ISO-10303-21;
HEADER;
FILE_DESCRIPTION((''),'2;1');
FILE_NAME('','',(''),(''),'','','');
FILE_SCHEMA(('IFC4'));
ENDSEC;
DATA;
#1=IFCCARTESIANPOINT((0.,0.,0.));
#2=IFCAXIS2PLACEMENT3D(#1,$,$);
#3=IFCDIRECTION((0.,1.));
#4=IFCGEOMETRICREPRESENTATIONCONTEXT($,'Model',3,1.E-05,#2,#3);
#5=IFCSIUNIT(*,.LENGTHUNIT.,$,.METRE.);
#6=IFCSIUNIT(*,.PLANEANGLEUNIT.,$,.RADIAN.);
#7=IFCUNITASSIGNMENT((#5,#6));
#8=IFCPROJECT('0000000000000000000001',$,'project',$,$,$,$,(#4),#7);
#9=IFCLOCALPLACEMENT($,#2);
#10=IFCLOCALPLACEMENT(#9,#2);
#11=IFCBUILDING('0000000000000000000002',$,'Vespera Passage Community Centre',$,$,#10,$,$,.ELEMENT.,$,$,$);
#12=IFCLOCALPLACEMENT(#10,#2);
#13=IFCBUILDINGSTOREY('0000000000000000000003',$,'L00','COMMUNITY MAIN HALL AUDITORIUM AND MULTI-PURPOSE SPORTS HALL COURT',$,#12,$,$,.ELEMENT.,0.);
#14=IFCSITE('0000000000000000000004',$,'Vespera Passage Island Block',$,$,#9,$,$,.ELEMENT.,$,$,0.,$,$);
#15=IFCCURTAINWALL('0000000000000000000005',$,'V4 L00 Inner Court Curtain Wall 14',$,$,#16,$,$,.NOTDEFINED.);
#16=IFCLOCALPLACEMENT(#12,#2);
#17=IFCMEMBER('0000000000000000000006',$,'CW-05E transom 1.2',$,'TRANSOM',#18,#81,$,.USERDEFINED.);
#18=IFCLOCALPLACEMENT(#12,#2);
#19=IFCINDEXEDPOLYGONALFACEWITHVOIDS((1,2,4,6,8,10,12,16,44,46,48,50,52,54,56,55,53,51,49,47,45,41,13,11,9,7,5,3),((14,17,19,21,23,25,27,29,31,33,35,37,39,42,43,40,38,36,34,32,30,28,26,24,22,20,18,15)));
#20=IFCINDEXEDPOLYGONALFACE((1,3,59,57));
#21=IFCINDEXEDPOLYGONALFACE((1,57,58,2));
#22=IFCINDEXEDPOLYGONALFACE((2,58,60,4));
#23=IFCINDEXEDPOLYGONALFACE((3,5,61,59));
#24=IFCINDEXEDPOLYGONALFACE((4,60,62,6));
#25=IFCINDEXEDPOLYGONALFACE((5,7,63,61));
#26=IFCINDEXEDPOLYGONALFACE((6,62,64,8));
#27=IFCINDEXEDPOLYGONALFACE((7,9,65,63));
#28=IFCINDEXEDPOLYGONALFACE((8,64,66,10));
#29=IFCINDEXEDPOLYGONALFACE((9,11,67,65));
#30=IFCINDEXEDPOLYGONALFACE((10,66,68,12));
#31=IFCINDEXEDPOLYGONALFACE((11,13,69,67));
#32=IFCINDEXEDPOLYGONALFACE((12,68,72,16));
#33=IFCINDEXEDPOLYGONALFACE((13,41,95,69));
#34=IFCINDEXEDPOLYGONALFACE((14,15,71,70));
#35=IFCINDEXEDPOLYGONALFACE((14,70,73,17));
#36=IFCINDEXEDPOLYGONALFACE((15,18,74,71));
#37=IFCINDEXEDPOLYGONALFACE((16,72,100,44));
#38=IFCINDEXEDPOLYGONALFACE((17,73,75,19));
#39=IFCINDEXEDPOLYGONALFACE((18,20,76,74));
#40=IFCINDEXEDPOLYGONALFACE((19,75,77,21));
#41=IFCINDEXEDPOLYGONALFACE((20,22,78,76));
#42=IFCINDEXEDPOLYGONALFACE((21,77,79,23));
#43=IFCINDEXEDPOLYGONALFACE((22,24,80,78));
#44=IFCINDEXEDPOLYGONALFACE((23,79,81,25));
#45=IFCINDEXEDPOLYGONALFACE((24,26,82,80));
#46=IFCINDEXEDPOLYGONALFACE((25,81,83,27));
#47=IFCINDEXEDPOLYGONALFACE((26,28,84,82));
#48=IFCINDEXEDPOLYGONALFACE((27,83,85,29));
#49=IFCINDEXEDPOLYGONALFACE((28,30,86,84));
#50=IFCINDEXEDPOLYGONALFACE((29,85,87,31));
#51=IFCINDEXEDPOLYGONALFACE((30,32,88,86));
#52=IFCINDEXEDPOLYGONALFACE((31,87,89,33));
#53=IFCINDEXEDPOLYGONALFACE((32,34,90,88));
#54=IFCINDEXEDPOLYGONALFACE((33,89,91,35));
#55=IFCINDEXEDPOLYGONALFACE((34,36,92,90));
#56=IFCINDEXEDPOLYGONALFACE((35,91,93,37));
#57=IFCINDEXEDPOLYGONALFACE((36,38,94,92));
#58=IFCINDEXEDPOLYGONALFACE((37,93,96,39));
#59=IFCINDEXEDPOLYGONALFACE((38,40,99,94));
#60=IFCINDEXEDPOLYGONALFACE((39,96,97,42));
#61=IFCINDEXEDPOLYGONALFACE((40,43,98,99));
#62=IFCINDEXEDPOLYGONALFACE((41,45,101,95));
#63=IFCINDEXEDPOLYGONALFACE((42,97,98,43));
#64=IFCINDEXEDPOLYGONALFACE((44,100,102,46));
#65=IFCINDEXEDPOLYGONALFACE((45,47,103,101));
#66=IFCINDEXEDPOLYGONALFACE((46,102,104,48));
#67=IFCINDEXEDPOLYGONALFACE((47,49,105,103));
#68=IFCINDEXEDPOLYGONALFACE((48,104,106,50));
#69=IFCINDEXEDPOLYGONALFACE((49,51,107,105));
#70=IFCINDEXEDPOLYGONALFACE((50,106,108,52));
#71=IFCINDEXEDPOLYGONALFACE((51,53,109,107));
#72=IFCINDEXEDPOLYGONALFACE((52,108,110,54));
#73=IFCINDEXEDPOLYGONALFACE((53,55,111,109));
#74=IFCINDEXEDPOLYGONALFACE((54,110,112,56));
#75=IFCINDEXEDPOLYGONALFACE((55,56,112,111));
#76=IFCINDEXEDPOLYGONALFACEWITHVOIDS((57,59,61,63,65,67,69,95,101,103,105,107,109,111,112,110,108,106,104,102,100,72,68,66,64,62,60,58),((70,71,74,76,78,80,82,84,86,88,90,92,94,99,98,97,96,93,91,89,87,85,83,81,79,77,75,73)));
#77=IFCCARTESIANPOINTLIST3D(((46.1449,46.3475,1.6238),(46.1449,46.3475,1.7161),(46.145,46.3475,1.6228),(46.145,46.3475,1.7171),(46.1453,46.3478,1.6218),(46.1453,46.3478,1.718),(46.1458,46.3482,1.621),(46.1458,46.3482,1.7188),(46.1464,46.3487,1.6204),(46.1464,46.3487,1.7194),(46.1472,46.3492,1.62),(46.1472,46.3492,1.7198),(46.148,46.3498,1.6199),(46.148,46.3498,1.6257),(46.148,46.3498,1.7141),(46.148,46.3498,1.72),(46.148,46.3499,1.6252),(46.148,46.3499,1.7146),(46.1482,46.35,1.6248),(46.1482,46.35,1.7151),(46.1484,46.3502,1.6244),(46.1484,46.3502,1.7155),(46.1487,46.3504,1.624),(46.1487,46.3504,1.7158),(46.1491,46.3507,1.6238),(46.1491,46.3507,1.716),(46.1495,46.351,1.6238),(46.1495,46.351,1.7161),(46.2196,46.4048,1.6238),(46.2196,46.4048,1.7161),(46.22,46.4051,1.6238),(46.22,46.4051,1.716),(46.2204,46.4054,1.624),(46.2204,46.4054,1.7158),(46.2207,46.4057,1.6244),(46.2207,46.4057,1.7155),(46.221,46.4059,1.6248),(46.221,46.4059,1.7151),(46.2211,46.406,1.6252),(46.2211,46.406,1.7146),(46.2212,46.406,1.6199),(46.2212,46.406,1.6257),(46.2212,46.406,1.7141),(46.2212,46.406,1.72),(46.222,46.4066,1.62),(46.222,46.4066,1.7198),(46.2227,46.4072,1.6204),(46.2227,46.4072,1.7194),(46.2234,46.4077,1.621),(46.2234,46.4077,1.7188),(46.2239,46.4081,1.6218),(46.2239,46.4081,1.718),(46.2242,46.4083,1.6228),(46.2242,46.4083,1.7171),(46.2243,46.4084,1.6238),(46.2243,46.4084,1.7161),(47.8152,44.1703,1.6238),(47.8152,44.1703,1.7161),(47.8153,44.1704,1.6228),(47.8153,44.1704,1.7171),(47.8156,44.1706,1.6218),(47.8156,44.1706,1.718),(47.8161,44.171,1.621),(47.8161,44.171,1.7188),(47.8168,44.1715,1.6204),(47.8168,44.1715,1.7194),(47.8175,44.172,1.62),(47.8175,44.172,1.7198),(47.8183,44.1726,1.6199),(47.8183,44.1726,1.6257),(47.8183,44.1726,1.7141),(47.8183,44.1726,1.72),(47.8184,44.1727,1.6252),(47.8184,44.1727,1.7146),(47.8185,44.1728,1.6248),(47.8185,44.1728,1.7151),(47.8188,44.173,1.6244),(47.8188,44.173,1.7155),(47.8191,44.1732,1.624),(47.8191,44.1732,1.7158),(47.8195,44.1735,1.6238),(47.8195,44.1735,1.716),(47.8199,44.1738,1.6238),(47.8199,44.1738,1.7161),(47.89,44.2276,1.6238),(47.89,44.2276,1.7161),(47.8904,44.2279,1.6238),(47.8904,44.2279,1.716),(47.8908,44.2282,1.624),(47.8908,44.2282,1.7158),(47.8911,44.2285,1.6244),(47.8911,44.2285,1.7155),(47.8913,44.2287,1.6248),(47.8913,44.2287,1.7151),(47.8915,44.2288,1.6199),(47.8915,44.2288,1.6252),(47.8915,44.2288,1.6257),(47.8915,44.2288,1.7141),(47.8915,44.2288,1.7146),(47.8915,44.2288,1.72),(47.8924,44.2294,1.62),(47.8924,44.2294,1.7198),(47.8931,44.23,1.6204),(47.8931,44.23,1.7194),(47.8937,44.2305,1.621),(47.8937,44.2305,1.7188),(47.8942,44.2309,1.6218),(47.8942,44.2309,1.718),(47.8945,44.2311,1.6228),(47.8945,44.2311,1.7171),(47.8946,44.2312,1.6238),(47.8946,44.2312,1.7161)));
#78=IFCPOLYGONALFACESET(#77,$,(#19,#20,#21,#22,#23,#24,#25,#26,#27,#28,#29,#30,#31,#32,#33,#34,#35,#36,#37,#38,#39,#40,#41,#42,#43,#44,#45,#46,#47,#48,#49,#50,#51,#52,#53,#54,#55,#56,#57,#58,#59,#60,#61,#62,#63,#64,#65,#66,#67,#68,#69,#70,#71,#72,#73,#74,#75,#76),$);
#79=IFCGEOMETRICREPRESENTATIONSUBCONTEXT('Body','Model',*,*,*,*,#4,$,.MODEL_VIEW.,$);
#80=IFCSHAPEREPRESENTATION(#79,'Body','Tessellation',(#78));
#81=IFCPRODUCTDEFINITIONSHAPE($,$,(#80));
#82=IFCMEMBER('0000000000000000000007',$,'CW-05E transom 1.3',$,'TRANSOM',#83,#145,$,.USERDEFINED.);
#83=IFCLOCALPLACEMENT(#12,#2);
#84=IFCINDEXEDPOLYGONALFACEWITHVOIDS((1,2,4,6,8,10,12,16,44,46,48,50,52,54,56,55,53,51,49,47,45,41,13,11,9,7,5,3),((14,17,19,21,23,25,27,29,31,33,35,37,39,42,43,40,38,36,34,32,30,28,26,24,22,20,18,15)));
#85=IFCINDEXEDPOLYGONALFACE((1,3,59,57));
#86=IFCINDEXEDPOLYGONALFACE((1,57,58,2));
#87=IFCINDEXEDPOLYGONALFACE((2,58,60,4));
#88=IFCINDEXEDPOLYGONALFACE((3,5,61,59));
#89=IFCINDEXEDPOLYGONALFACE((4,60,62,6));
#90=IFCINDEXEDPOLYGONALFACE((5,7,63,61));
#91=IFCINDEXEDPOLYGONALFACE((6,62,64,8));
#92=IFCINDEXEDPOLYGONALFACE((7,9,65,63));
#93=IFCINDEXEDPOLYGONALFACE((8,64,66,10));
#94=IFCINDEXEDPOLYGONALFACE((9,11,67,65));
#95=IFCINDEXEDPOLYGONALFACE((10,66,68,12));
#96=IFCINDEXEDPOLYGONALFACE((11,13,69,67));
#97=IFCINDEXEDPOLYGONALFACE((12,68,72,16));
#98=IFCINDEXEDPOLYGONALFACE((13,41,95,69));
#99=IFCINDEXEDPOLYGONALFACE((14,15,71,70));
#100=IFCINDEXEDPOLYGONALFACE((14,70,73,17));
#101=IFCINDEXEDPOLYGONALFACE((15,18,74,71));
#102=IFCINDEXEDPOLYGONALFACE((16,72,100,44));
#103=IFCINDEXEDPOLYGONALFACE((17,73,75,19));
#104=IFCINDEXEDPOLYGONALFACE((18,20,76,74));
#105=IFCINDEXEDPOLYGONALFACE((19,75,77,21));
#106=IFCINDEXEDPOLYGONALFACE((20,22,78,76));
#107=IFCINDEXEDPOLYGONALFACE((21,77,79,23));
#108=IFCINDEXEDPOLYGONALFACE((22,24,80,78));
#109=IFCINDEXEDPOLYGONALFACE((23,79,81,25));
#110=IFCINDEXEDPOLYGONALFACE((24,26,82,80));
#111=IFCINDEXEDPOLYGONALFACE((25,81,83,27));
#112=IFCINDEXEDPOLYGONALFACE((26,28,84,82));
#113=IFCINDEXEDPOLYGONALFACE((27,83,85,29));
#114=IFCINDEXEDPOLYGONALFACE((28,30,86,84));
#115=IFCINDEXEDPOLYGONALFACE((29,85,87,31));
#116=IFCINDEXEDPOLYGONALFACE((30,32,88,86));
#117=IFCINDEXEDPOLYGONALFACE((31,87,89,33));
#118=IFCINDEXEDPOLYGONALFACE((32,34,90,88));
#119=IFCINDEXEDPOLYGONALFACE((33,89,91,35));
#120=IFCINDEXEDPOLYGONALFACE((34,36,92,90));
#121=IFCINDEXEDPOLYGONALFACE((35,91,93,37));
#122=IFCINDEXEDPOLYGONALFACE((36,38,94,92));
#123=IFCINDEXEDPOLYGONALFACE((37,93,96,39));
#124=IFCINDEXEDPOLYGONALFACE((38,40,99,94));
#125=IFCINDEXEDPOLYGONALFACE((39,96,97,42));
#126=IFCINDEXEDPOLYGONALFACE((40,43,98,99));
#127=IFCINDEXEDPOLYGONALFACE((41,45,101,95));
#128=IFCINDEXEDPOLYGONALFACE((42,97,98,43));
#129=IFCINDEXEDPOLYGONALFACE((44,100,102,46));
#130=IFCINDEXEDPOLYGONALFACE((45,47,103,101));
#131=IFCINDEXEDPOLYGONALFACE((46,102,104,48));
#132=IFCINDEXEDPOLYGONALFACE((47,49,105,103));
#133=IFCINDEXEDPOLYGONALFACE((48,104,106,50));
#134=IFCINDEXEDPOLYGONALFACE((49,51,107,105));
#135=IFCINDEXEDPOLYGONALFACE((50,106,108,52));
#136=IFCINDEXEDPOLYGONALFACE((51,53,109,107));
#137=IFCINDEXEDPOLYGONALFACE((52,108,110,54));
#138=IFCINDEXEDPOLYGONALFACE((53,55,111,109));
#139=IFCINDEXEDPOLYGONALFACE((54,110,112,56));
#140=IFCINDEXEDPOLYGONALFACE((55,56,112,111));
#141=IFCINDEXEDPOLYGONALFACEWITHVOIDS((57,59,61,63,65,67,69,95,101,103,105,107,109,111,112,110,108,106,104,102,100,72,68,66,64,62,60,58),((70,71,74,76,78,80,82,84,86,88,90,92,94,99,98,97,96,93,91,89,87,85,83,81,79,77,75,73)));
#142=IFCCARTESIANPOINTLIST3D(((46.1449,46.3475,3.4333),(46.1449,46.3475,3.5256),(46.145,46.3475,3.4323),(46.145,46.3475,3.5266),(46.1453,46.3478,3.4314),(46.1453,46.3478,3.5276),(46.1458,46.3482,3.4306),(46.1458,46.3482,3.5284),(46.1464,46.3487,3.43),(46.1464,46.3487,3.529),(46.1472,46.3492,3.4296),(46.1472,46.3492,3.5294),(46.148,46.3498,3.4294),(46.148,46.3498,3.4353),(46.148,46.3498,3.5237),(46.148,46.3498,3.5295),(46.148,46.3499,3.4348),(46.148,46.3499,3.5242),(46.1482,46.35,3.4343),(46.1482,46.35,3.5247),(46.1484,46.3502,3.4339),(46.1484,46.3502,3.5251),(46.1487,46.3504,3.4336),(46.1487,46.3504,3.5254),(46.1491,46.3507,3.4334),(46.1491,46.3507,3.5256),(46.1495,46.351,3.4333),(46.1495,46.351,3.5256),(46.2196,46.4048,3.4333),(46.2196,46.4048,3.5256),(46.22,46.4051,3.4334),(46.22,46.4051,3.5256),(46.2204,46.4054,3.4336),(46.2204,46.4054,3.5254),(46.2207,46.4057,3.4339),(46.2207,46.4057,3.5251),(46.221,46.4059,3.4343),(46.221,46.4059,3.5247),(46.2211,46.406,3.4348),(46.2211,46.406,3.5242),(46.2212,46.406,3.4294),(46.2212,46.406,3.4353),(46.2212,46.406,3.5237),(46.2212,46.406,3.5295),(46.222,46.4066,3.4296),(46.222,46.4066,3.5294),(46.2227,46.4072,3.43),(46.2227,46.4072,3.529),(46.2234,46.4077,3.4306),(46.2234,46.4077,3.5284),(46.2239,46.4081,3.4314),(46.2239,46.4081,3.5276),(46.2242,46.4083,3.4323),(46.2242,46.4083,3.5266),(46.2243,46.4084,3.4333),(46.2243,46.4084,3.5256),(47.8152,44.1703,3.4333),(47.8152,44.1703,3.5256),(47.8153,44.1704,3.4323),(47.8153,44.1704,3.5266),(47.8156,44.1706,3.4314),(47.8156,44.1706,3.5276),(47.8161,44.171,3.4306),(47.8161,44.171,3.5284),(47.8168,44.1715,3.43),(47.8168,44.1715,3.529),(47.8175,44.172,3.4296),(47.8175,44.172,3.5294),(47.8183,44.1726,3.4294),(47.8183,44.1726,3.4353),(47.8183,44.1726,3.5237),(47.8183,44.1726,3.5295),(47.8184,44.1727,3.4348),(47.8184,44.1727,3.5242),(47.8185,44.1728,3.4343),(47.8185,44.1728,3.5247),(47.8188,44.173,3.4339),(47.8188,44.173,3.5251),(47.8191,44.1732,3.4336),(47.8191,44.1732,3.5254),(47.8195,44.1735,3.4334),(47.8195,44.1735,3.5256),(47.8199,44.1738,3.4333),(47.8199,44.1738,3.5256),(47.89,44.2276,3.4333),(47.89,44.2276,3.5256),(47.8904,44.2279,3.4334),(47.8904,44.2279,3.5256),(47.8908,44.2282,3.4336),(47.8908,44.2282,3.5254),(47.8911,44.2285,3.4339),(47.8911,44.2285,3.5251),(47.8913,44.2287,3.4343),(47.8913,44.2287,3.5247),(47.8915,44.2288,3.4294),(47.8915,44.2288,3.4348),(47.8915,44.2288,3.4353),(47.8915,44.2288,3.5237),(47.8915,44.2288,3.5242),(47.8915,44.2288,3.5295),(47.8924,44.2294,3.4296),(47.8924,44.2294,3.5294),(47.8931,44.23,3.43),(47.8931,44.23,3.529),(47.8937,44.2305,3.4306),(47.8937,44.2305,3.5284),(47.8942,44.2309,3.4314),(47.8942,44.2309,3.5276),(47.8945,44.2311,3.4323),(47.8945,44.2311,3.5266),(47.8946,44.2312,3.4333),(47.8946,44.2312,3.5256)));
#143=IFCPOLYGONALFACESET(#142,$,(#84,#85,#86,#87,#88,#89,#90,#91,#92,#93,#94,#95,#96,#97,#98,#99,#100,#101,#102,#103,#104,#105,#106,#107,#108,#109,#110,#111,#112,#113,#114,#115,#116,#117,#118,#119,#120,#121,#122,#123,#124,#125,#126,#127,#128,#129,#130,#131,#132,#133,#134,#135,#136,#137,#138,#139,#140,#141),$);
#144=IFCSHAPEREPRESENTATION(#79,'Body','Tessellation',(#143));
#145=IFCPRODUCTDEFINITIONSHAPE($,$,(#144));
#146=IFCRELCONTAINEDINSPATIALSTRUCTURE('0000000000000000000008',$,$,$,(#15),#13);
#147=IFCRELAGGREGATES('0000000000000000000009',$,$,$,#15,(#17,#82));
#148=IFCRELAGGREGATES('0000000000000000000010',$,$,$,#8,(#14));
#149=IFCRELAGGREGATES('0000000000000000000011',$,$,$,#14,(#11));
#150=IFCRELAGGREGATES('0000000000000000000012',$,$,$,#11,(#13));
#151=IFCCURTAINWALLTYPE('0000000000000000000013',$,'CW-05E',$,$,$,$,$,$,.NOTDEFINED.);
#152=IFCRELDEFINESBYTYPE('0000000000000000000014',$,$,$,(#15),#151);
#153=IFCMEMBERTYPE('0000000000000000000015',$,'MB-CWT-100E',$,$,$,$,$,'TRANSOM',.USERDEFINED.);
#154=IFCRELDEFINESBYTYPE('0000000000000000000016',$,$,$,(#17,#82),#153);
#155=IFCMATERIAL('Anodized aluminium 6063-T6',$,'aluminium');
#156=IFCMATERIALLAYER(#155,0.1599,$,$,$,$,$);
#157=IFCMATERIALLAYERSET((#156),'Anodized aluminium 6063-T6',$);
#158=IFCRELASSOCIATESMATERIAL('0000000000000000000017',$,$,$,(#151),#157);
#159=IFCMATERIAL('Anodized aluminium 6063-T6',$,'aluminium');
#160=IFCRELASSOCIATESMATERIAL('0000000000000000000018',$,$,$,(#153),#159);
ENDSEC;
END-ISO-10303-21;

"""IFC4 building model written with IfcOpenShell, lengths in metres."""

from ifc_helpers import new_model, si_unit, direction, frame, origin, origin_2d, place, context, subcontext, project, spatial, hollow_rectangle, extrude, material, layer, layer_set, material_profile, profile_set, type_object, element, aggregate, save


model = new_model("IFC4")

# Units and contexts
model_context = context("Model", 3, precision=1e-05, world=origin(), true_north=direction((0.0, 1.0)))
body_context = subcontext(model_context, "Body", "Model", "MODEL_VIEW")
ifc_project = project(units=[si_unit("LENGTHUNIT", "METRE"), si_unit("PLANEANGLEUNIT", "RADIAN")], contexts=[model_context])

# Site, building, storey
site_placement = place(None, origin())
site = spatial("IfcSite", under=ifc_project, at=site_placement, Name="Vespera Passage Island Block", CompositionType="ELEMENT", RefElevation=0.0)
building_placement = place(site_placement, origin())
building = spatial("IfcBuilding", under=site, at=building_placement, Name="Vespera Passage Community Centre", CompositionType="ELEMENT")
storey_placement = place(building_placement, origin())
storey = spatial("IfcBuildingStorey", under=building, at=storey_placement, Name="L00", Description="COMMUNITY MAIN HALL AUDITORIUM AND MULTI-PURPOSE SPORTS HALL COURT", CompositionType="ELEMENT", Elevation=0.0)

# Curtain wall, members
ifc_material_1 = material(Name="Anodized aluminium 6063-T6", Category="aluminium")
ifc_layer_1 = layer(ifc_material_1, 0.1599)
ifc_layer_set_1 = layer_set([ifc_layer_1], Name="Anodized aluminium 6063-T6")
curtain_wall_type = type_object("IfcCurtainWallType", Name="CW-05E", PredefinedType="NOTDEFINED", material=ifc_layer_set_1)
curtain_wall_placement = place(storey_placement, origin())
curtain_wall = element("IfcCurtainWall", 1, at=curtain_wall_placement, inside=storey, type_object=curtain_wall_type, Name="V4 L00 Inner Court Curtain Wall 14", PredefinedType="NOTDEFINED")
ifc_material_2 = material(Name="Anodized aluminium 6063-T6", Category="aluminium")
ifc_material_profile_1 = material_profile(ifc_material_2, hollow_rectangle(XDim=0.1001, YDim=0.1001, WallThickness=0.0039, InnerFilletRadius=0.002, OuterFilletRadius=0.0039, at=origin_2d()), Name="ALU100X100X4")
ifc_profile_set_1 = profile_set([ifc_material_profile_1], Name="Anodized aluminium 6063-T6")
member_type_1 = type_object("IfcMemberType", Name="MB-CWT-100E", ElementType="TRANSOM", PredefinedType="USERDEFINED", material=ifc_profile_set_1)
member_1_placement = place(storey_placement, frame((46.1846, 46.3779, 1.6699), z_axis=(0.608704, -0.793397, 0.0), x_axis=(0.793397, 0.608704, 0.0)))
member_1 = element("IfcMember", 2, at=member_1_placement, type_object=member_type_1, Name="CW-05E transom 1.2", ObjectType="TRANSOM", PredefinedType="USERDEFINED", context=body_context, shape_type="SweptSolid", body=[
    extrude(hollow_rectangle(XDim=0.1001, YDim=0.1001, WallThickness=0.0039, InnerFilletRadius=0.002, OuterFilletRadius=0.0039, at=origin_2d()), origin(), (0.0, 0.0, 1.0), 2.7441),
])
member_2_placement = place(storey_placement, frame((46.1846, 46.3779, 3.4795), z_axis=(0.608704, -0.793397, 0.0), x_axis=(0.793397, 0.608704, 0.0)))
member_2 = element("IfcMember", 3, at=member_2_placement, type_object=member_type_1, Name="CW-05E transom 1.3", ObjectType="TRANSOM", PredefinedType="USERDEFINED", context=body_context, shape_type="SweptSolid", body=[
    extrude(hollow_rectangle(XDim=0.1001, YDim=0.1001, WallThickness=0.0039, InnerFilletRadius=0.002, OuterFilletRadius=0.0039, at=origin_2d()), origin(), (0.0, 0.0, 1.0), 2.7441),
])
aggregate(curtain_wall, [member_1, member_2])

save(model, "model.ifc")
